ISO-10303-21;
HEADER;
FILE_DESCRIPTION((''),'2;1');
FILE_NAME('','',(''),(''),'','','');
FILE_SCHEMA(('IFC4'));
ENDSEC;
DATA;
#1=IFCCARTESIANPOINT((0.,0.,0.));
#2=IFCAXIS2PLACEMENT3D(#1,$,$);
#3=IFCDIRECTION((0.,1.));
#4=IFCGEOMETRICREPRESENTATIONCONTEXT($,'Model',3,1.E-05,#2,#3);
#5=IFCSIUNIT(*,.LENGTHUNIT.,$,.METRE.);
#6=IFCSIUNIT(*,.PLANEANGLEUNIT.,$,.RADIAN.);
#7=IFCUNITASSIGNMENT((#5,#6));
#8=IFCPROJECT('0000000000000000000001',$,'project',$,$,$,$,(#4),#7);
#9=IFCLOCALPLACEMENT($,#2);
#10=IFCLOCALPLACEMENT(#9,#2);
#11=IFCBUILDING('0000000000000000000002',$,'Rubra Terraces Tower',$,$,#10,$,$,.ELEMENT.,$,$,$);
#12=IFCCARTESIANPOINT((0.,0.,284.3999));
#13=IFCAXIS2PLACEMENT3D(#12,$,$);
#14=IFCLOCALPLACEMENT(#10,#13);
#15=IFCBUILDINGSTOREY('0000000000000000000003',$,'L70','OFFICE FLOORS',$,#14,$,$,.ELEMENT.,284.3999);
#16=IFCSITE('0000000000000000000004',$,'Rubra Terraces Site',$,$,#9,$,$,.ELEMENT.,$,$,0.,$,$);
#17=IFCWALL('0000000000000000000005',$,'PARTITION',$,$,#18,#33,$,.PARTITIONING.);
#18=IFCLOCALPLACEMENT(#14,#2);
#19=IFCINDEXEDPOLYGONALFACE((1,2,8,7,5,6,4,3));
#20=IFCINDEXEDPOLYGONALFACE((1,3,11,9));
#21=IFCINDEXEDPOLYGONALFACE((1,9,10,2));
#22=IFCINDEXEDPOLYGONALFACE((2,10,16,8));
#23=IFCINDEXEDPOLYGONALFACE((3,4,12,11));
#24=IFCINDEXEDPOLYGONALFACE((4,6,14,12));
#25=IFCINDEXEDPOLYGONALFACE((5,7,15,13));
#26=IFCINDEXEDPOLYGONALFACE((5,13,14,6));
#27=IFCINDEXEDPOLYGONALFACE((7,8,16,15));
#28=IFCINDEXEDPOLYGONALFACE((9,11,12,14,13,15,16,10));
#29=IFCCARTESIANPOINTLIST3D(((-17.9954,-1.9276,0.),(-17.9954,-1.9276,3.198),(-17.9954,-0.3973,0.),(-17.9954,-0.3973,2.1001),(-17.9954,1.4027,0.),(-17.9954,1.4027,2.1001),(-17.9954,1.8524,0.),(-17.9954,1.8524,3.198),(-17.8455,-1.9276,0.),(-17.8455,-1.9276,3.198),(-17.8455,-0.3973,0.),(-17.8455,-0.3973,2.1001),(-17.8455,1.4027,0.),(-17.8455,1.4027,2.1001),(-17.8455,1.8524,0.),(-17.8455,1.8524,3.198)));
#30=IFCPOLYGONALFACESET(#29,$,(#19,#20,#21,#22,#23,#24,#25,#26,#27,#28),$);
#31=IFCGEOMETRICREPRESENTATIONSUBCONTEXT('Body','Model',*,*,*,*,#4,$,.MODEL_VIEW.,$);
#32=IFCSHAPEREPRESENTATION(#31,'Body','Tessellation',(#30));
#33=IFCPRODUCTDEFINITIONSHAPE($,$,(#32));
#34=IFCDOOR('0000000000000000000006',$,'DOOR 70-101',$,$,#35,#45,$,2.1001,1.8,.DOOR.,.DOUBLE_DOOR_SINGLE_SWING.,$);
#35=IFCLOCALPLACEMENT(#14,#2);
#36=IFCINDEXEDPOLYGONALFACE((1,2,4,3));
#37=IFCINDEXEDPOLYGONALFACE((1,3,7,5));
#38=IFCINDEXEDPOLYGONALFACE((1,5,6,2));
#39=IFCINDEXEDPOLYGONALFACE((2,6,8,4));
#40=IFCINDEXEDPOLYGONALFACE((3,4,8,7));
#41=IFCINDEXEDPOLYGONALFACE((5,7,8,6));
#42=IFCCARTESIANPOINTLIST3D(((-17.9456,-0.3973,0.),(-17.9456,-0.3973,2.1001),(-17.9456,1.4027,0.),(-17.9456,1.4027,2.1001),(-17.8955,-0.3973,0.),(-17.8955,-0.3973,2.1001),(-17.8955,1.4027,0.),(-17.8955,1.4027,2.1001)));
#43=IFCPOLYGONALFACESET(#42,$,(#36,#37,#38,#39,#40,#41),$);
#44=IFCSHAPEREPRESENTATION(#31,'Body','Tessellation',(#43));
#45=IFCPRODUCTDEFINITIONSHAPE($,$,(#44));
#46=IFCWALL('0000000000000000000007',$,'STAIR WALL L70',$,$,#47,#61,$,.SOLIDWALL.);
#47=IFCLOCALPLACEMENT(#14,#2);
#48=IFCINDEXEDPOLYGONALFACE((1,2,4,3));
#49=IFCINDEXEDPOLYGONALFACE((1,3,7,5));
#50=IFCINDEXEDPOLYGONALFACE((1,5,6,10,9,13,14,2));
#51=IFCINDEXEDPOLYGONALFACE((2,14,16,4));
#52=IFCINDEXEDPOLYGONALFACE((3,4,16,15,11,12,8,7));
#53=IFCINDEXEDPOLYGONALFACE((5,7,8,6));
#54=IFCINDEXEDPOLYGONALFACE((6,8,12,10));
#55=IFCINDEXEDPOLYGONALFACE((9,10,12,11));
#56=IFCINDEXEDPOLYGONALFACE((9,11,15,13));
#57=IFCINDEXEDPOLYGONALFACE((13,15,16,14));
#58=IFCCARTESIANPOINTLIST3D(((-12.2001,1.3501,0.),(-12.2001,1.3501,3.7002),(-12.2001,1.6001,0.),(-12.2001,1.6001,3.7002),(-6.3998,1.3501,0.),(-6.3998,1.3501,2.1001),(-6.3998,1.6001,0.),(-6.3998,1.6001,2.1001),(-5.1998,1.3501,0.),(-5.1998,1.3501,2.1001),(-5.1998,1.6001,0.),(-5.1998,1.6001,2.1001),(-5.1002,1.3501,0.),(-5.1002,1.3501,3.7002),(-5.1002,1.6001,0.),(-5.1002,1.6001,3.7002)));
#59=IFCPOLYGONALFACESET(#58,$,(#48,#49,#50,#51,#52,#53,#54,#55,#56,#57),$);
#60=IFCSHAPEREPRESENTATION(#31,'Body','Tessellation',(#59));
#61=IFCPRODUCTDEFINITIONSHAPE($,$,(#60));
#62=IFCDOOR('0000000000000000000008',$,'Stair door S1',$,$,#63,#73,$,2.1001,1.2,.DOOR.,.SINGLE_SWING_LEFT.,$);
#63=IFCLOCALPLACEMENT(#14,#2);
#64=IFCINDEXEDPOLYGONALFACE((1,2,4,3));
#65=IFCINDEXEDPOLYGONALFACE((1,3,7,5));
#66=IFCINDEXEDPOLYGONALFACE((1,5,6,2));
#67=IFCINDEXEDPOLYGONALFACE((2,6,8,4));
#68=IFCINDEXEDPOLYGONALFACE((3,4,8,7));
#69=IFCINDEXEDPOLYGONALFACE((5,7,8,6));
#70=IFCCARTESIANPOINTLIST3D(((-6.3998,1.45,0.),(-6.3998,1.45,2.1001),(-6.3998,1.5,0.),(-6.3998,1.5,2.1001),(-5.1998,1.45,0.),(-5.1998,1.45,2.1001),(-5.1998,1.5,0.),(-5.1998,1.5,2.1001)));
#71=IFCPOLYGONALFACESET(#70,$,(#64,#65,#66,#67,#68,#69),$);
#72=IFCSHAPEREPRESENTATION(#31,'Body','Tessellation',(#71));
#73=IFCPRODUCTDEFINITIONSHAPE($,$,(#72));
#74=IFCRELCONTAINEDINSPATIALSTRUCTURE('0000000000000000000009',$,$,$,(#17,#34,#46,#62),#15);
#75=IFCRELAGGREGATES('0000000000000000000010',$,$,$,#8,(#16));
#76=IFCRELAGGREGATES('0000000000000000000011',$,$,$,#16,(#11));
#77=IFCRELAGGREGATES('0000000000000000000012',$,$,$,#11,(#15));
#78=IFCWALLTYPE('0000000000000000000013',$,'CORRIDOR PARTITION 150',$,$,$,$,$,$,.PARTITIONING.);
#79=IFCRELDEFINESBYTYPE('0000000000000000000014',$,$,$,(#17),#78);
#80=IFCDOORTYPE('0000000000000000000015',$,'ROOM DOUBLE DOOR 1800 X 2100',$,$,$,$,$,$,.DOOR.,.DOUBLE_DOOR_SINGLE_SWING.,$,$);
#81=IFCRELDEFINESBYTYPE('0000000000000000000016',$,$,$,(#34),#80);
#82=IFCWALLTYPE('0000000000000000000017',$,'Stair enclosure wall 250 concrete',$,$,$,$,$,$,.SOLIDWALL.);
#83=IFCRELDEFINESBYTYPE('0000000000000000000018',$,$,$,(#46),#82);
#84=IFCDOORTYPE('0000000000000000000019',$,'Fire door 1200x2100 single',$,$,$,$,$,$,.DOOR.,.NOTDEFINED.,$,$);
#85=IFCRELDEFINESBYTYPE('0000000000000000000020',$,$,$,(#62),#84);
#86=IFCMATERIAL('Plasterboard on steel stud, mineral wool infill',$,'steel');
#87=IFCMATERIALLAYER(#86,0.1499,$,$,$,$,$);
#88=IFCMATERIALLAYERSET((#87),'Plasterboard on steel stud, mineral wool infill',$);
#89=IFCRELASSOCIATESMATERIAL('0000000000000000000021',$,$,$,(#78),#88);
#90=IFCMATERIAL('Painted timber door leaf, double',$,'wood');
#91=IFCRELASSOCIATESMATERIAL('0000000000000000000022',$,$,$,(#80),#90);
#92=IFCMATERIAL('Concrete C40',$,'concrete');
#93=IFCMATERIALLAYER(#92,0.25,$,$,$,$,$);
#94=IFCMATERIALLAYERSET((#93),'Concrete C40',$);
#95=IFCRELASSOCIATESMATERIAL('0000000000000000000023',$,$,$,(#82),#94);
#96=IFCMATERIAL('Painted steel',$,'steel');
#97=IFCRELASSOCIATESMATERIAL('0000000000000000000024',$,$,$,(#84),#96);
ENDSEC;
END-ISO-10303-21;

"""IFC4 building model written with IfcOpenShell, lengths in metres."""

from ifc_helpers import new_model, si_unit, direction, frame, frame_2d, origin, place, context, subcontext, project, spatial, rectangle, extrude, material, layer, layer_set, type_object, element, fill, save


model = new_model("IFC4")

# Units and contexts
model_context = context("Model", 3, precision=1e-05, world=origin(), true_north=direction((0.0, 1.0)))
body_context = subcontext(model_context, "Body", "Model", "MODEL_VIEW")
ifc_project = project(units=[si_unit("LENGTHUNIT", "METRE"), si_unit("PLANEANGLEUNIT", "RADIAN")], contexts=[model_context])

# Site, building, storey
site_placement = place(None, origin())
site = spatial("IfcSite", under=ifc_project, at=site_placement, Name="Rubra Terraces Site", CompositionType="ELEMENT", RefElevation=0.0)
building_placement = place(site_placement, origin())
building = spatial("IfcBuilding", under=site, at=building_placement, Name="Rubra Terraces Tower", CompositionType="ELEMENT")
storey_placement = place(building_placement, frame((0.0, 0.0, 284.3999)))
storey = spatial("IfcBuildingStorey", under=building, at=storey_placement, Name="L70", Description="OFFICE FLOORS", CompositionType="ELEMENT", Elevation=284.3999)

# Shared definitions
ifc_material_1 = material(Name="Plasterboard on steel stud, mineral wool infill", Category="steel")
ifc_layer_1 = layer(ifc_material_1, 0.1499)
ifc_layer_set_1 = layer_set([ifc_layer_1], Name="Plasterboard on steel stud, mineral wool infill")
wall_type_1 = type_object("IfcWallType", Name="CORRIDOR PARTITION 150", PredefinedType="PARTITIONING", material=ifc_layer_set_1)

# Walls, openings, doors
wall_1_placement = place(storey_placement, frame((-17.9204, 1.8525, 0.0), z_axis=(0.0, 0.0, 1.0), x_axis=(0.0, -1.0, 0.0)))
wall_1 = element("IfcWall", 1, at=wall_1_placement, inside=storey, type_object=wall_type_1, Name="PARTITION", PredefinedType="PARTITIONING", context=body_context, shape_type="SweptSolid", body=[
    extrude(rectangle(XDim=3.78, YDim=0.1499, at=frame_2d((1.8901, 0.0))), origin(), (0.0, 0.0, 1.0), 3.198),
])
opening_1_placement = place(wall_1_placement, frame((0.45, 0.0, 0.0)))
opening_1 = element("IfcOpeningElement", 2, at=opening_1_placement, cuts=wall_1, PredefinedType="OPENING", context=body_context, shape_type="SweptSolid", body=[
    extrude(rectangle(XDim=1.8, YDim=2.1001, at=frame_2d((0.8999, 1.05))), frame((0.0, 0.085, 0.0), z_axis=(0.0, -1.0, 0.0), x_axis=(1.0, 0.0, 0.0)), (0.0, 0.0, 1.0), 0.1699),
])
ifc_material_2 = material(Name="Painted timber door leaf, double", Category="wood")
door_type_1 = type_object("IfcDoorType", Name="ROOM DOUBLE DOOR 1800 X 2100", OperationType="DOUBLE_DOOR_SINGLE_SWING", PredefinedType="DOOR", material=ifc_material_2)
door_1_placement = place(opening_1_placement, origin())
door_1 = element("IfcDoor", 3, at=door_1_placement, inside=storey, type_object=door_type_1, Name="DOOR 70-101", OperationType="DOUBLE_DOOR_SINGLE_SWING", OverallHeight=2.1001, OverallWidth=1.8, PredefinedType="DOOR", context=body_context, shape_type="SweptSolid", body=[
    extrude(rectangle(XDim=1.8, YDim=2.1001, at=frame_2d((0.8999, 1.05))), frame((0.0, 0.0249, 0.0), z_axis=(0.0, -1.0, 0.0), x_axis=(1.0, 0.0, 0.0)), (0.0, 0.0, 1.0), 0.05),
])
fill(opening_1, door_1)
ifc_material_3 = material(Name="Concrete C40", Category="concrete")
ifc_layer_2 = layer(ifc_material_3, 0.25)
ifc_layer_set_2 = layer_set([ifc_layer_2], Name="Concrete C40")
wall_type_2 = type_object("IfcWallType", Name="Stair enclosure wall 250 concrete", PredefinedType="SOLIDWALL", material=ifc_layer_set_2)
wall_2_placement = place(storey_placement, frame((-12.2, 1.4751, 0.0), z_axis=(0.0, 0.0, 1.0), x_axis=(1.0, 0.0, 0.0)))
wall_2 = element("IfcWall", 4, at=wall_2_placement, inside=storey, type_object=wall_type_2, Name="STAIR WALL L70", PredefinedType="SOLIDWALL", context=body_context, shape_type="SweptSolid", body=[
    extrude(rectangle(XDim=7.0999, YDim=0.25, at=frame_2d((3.5498, 0.0))), origin(), (0.0, 0.0, 1.0), 3.7002),
])
opening_2_placement = place(wall_2_placement, frame((5.8, 0.0, 0.0)))
opening_2 = element("IfcOpeningElement", 5, at=opening_2_placement, cuts=wall_2, PredefinedType="OPENING", context=body_context, shape_type="SweptSolid", body=[
    extrude(rectangle(XDim=1.2, YDim=2.1001, at=frame_2d((0.6001, 1.05))), frame((0.0, 0.135, 0.0), z_axis=(0.0, -1.0, 0.0), x_axis=(1.0, 0.0, 0.0)), (0.0, 0.0, 1.0), 0.27),
])
ifc_material_4 = material(Name="Painted steel", Category="steel")
door_type_2 = type_object("IfcDoorType", Name="Fire door 1200x2100 single", OperationType="NOTDEFINED", PredefinedType="DOOR", material=ifc_material_4)
door_2_placement = place(opening_2_placement, origin())
door_2 = element("IfcDoor", 6, at=door_2_placement, inside=storey, type_object=door_type_2, Name="Stair door S1", OperationType="SINGLE_SWING_LEFT", OverallHeight=2.1001, OverallWidth=1.2, PredefinedType="DOOR", context=body_context, shape_type="SweptSolid", body=[
    extrude(rectangle(XDim=1.2, YDim=2.1001, at=frame_2d((0.6001, 1.05))), frame((0.0, 0.0249, 0.0), z_axis=(0.0, -1.0, 0.0), x_axis=(1.0, 0.0, 0.0)), (0.0, 0.0, 1.0), 0.05),
])
fill(opening_2, door_2)

save(model, "model.ifc")
